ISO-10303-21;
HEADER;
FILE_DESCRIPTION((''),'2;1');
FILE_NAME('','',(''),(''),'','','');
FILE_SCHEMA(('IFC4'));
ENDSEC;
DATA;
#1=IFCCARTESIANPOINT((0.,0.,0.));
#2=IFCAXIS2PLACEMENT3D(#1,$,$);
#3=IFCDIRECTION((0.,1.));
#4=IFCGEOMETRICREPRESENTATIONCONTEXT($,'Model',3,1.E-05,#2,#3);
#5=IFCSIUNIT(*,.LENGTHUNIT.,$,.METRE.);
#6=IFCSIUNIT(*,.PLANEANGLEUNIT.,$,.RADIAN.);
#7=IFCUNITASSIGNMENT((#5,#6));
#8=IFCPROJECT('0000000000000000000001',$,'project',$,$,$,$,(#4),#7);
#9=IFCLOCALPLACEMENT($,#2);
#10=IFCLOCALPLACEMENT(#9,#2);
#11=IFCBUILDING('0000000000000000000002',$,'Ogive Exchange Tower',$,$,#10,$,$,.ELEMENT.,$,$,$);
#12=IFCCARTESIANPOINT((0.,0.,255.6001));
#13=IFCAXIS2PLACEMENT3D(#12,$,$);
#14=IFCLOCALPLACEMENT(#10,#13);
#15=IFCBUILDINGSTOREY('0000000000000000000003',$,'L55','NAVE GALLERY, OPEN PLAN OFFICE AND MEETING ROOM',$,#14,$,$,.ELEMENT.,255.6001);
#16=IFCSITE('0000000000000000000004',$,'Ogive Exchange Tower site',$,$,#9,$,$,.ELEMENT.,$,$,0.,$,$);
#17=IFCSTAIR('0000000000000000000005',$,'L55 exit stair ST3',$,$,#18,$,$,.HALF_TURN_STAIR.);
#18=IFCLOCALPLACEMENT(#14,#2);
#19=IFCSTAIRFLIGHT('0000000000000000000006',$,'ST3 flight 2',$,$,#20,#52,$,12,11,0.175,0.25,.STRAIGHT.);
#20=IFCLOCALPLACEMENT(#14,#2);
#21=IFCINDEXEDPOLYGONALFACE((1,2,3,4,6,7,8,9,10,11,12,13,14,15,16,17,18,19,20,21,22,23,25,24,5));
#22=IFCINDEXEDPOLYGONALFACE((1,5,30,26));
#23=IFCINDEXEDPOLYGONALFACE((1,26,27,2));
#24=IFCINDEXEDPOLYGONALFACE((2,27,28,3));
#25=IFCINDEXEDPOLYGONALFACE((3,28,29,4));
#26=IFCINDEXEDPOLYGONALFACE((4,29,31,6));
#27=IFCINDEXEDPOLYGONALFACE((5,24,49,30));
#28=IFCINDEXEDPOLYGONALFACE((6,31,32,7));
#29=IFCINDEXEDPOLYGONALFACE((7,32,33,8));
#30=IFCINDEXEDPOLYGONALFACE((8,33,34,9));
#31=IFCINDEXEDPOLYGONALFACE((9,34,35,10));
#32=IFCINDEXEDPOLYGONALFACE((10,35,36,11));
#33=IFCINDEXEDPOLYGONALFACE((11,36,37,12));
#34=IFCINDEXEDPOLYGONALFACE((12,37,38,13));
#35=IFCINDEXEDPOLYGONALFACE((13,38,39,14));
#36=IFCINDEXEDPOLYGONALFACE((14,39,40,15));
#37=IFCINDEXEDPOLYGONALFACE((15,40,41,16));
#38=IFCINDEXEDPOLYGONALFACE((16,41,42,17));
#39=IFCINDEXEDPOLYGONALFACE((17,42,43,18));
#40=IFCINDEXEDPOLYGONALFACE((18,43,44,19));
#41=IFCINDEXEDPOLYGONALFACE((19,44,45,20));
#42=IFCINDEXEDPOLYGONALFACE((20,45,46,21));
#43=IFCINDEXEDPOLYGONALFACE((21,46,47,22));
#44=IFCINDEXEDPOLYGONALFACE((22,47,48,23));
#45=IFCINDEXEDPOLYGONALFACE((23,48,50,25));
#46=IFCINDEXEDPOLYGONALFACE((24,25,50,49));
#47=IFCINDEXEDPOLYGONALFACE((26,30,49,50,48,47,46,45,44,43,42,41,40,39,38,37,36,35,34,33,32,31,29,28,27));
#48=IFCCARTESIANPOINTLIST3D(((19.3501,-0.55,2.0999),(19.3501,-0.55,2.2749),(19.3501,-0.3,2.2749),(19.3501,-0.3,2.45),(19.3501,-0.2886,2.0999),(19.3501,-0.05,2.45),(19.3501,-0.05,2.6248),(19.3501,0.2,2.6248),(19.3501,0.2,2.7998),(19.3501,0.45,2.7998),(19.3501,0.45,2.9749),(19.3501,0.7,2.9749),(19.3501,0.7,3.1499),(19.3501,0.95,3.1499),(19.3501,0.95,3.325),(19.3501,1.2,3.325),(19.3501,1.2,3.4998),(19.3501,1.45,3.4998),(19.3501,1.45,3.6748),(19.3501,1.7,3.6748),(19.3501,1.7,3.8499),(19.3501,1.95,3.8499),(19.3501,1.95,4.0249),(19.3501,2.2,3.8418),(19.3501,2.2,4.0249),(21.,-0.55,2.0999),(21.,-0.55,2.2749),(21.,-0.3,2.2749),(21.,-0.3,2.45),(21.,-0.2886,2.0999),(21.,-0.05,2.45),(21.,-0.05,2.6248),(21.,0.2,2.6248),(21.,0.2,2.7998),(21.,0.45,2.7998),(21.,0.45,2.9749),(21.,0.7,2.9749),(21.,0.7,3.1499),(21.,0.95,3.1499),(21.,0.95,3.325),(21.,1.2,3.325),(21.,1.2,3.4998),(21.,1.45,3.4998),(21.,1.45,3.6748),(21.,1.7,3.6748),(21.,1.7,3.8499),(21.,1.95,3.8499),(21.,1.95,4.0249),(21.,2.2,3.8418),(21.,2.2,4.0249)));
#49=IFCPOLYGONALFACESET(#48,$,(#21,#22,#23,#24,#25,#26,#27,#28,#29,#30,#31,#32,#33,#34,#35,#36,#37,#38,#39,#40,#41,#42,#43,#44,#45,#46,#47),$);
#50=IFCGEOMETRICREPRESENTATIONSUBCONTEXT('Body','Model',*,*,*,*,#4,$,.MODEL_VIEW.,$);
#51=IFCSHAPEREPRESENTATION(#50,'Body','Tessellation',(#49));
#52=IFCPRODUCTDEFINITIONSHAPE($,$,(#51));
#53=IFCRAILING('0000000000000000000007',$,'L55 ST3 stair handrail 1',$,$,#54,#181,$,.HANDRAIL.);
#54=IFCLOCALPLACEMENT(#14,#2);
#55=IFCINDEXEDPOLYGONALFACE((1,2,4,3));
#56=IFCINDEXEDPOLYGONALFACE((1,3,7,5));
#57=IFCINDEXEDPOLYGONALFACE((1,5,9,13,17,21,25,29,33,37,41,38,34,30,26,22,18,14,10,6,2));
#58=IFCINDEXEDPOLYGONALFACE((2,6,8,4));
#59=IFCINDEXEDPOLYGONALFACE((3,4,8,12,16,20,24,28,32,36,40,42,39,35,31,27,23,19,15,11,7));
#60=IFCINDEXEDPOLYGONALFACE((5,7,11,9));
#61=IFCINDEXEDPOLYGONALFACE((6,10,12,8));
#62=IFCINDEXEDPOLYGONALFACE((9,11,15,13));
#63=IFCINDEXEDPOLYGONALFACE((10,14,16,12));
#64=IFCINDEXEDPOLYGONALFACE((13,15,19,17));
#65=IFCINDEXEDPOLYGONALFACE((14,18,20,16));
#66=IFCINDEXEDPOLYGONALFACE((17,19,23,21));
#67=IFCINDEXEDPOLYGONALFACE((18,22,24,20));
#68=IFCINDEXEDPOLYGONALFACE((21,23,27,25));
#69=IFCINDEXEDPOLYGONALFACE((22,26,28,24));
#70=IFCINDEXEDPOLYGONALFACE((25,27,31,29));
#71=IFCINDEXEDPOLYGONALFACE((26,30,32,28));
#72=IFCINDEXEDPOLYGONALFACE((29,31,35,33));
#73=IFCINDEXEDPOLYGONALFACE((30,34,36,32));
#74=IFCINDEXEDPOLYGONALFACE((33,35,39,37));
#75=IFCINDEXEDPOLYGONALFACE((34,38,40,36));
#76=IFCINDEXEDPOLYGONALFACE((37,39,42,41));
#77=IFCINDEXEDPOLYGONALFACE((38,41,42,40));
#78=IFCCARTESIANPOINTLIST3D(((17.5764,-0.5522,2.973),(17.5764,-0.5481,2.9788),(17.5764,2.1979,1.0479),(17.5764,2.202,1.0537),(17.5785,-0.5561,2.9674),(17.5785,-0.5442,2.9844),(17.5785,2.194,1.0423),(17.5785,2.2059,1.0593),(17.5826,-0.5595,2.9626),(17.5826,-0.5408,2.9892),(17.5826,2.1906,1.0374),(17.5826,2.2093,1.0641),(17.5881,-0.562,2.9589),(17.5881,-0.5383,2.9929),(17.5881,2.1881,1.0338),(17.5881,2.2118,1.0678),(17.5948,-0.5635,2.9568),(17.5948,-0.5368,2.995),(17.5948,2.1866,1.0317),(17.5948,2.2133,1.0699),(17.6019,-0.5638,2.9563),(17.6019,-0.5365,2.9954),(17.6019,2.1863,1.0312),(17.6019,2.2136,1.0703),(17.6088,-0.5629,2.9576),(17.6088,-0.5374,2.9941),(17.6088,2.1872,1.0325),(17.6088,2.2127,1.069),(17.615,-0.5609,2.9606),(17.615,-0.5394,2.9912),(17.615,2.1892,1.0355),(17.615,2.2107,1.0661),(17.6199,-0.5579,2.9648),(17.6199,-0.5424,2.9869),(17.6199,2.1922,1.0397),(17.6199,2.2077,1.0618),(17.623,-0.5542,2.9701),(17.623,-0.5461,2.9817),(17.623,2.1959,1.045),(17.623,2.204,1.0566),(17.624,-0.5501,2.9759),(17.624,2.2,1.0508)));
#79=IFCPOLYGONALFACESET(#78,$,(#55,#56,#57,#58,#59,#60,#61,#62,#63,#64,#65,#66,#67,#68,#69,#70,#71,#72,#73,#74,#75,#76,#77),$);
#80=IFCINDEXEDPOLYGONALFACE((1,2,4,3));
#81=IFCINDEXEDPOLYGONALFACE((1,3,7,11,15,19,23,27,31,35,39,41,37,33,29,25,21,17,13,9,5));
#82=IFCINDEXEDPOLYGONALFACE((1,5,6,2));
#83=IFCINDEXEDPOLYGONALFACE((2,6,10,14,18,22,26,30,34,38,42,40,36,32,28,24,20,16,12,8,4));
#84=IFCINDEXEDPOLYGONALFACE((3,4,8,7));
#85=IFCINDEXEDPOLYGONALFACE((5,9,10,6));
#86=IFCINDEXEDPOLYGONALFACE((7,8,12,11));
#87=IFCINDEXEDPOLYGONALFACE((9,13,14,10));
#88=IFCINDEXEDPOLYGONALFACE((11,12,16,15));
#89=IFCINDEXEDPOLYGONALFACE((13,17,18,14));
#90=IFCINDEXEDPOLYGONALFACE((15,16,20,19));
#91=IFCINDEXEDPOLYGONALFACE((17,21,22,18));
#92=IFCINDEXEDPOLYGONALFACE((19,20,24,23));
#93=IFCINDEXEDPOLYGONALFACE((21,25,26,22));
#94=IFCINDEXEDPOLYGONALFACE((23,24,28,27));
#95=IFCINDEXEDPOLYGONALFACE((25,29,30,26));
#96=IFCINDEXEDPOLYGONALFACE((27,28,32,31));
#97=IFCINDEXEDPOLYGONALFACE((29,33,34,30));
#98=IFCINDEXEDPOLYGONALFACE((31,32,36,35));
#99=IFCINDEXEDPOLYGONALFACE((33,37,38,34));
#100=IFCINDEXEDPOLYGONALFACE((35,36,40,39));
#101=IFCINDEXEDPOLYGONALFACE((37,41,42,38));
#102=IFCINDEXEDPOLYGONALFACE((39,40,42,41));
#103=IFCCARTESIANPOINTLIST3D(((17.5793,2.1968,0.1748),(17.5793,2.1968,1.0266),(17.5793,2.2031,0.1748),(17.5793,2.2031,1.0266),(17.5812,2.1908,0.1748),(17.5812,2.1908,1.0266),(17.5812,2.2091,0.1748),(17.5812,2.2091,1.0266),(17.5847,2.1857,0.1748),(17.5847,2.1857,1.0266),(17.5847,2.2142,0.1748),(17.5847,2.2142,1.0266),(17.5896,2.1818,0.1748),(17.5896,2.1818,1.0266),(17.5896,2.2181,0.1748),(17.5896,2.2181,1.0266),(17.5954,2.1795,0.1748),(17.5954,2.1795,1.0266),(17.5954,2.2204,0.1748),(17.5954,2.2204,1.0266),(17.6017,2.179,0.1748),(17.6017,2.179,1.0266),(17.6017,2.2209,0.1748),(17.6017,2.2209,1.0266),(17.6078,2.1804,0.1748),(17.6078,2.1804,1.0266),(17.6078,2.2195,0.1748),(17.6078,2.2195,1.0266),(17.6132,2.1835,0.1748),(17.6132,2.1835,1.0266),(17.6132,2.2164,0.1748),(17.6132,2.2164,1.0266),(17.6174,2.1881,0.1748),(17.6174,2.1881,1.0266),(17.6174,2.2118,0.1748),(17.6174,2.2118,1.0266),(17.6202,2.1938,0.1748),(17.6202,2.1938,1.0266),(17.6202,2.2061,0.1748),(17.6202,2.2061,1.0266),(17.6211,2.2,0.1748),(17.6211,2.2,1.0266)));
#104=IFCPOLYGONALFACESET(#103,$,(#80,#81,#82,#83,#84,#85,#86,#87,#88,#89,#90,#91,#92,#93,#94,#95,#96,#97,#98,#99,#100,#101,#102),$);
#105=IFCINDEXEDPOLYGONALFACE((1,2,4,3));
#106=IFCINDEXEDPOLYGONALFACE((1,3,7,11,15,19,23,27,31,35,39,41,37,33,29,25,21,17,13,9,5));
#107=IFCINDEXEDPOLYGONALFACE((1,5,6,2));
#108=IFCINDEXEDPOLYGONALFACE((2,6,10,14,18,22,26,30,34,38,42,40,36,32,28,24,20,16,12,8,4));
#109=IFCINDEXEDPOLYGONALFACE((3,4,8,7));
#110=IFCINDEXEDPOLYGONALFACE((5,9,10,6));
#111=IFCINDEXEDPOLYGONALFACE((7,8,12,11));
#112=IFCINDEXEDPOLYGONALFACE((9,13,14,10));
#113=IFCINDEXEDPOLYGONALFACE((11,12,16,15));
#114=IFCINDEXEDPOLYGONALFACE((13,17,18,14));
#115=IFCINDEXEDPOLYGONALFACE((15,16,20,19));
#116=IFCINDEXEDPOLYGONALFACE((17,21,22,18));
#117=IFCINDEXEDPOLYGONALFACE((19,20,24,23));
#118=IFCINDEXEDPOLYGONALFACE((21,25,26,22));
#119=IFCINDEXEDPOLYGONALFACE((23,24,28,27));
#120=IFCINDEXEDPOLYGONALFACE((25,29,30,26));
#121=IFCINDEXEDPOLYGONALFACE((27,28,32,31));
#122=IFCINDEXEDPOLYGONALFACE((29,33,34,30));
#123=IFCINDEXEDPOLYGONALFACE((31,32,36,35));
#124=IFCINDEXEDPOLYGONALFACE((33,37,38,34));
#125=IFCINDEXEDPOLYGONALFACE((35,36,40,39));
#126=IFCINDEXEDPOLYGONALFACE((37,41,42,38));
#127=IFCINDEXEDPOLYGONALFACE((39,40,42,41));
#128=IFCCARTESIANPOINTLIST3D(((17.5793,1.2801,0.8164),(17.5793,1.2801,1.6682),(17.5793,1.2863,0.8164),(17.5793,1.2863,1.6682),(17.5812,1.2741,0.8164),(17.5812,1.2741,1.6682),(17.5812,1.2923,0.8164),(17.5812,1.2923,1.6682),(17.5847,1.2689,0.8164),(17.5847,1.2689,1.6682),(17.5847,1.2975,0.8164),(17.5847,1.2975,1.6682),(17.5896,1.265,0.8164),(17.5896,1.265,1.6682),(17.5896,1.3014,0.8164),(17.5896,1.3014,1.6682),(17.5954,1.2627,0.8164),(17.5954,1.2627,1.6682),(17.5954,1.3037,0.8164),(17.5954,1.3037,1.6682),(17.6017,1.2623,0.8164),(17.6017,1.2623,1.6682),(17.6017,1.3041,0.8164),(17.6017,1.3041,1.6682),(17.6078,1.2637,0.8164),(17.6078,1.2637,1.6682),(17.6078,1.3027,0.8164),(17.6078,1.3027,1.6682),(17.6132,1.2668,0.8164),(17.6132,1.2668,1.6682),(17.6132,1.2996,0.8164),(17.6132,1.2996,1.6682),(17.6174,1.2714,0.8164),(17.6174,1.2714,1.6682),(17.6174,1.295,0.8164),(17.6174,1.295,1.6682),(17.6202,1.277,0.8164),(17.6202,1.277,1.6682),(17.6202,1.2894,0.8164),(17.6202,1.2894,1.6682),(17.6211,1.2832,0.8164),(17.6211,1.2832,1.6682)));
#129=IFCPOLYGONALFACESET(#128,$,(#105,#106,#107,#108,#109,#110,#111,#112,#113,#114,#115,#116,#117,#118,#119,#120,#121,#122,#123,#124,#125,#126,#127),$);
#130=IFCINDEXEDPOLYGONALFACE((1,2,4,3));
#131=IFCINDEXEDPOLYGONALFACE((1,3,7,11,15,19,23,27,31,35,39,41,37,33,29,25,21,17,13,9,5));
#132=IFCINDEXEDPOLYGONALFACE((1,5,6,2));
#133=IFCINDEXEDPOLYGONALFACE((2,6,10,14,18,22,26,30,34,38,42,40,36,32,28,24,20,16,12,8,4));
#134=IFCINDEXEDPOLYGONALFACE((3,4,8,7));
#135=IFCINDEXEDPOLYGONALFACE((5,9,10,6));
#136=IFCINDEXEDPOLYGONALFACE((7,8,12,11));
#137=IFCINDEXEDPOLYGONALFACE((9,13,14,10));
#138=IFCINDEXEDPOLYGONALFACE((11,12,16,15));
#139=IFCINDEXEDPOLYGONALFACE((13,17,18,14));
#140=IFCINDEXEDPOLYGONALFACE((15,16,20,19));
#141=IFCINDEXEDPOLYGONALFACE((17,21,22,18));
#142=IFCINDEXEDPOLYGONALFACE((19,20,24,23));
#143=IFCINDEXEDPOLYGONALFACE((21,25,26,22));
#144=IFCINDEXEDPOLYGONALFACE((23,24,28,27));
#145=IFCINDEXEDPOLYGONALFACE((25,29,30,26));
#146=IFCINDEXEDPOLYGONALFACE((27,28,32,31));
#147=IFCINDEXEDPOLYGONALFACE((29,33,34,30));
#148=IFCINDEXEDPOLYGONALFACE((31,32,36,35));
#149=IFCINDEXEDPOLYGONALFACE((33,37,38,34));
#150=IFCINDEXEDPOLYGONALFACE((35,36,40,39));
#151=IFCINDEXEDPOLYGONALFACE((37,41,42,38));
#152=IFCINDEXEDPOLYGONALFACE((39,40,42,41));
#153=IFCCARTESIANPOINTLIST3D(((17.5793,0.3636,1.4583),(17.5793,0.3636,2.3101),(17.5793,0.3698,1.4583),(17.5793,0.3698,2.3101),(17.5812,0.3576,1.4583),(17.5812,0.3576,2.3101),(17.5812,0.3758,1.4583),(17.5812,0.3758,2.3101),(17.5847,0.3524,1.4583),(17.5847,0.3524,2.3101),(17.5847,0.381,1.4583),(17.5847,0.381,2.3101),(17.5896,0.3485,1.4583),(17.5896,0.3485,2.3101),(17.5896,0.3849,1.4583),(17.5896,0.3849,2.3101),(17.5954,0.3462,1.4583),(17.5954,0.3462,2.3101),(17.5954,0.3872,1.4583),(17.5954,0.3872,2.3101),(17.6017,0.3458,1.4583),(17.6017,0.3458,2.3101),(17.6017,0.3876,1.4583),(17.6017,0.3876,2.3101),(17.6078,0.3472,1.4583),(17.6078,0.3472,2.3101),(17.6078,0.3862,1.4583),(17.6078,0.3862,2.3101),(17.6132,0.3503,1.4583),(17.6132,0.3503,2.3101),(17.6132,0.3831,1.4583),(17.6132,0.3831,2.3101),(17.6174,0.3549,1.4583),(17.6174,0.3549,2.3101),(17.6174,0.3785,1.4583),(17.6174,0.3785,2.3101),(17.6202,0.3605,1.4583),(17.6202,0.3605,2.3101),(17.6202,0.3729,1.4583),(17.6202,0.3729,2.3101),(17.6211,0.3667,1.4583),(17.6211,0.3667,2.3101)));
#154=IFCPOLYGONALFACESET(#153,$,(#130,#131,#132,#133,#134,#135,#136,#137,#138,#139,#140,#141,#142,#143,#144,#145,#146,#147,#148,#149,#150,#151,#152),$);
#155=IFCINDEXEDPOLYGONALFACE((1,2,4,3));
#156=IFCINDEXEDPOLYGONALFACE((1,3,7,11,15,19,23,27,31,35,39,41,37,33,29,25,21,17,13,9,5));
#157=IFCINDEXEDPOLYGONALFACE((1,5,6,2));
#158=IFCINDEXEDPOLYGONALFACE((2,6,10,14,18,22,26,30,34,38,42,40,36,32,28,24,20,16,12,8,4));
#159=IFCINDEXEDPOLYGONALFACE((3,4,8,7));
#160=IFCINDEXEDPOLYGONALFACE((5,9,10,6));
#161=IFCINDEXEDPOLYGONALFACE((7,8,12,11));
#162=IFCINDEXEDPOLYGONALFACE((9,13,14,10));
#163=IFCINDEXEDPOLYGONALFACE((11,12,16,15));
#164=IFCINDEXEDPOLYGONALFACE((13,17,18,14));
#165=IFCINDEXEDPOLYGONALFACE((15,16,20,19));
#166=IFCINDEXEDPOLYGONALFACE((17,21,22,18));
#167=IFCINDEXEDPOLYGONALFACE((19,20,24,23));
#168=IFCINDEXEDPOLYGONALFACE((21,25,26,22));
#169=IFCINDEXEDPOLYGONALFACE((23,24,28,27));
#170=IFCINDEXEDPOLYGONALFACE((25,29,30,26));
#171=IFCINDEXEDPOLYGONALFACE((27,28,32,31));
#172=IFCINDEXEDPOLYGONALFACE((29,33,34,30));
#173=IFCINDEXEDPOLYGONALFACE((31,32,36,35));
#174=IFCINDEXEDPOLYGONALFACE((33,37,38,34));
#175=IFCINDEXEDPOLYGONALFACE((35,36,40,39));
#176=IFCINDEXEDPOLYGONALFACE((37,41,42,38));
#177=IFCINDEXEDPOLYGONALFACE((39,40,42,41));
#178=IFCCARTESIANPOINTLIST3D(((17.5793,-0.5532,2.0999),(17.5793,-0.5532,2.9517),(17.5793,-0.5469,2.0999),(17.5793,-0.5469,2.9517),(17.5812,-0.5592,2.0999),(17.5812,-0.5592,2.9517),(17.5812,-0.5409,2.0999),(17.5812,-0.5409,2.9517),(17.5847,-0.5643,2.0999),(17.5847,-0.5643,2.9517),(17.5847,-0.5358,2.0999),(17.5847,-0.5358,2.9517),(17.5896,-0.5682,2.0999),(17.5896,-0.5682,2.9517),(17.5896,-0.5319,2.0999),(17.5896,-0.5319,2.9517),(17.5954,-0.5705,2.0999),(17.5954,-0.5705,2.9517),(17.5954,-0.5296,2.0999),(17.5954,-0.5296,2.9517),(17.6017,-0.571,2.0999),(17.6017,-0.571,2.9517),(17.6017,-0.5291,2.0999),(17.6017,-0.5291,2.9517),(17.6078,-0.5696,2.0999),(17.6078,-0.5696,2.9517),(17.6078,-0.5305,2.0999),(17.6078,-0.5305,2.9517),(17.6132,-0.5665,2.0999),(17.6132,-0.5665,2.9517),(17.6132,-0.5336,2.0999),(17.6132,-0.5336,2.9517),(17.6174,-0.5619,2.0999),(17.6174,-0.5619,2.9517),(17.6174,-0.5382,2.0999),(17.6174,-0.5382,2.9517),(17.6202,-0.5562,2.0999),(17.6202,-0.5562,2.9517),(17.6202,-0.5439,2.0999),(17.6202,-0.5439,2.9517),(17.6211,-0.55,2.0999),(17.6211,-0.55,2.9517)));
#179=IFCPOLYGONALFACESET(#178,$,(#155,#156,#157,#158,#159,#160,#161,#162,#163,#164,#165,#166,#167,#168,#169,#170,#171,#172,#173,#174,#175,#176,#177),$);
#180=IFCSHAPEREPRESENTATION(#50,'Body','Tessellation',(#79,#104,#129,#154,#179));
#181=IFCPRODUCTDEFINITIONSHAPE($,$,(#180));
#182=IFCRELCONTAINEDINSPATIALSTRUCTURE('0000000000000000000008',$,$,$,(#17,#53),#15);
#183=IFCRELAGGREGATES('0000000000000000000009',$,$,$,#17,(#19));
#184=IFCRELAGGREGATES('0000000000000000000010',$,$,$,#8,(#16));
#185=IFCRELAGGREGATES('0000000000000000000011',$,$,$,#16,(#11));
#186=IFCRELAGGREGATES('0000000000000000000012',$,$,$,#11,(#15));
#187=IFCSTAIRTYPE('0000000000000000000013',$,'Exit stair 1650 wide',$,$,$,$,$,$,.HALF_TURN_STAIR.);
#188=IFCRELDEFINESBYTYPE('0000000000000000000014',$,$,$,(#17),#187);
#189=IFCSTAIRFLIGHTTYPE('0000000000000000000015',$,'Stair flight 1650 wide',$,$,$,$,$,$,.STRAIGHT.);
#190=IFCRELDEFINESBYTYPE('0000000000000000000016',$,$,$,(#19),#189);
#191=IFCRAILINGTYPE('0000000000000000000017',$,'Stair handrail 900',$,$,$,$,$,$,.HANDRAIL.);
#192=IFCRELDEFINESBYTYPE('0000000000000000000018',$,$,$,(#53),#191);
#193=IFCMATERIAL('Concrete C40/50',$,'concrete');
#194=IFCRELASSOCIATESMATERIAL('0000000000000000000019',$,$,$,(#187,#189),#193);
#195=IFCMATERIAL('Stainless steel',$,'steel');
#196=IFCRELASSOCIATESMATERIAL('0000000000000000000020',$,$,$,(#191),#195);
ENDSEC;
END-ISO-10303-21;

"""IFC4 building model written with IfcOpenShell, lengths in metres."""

from ifc_helpers import new_model, si_unit, direction, frame, origin, origin_2d, place, context, subcontext, project, spatial, polyline, circle, outline, extrude, material, type_object, element, aggregate, save


model = new_model("IFC4")

# Units and contexts
model_context = context("Model", 3, precision=1e-05, world=origin(), true_north=direction((0.0, 1.0)))
body_context = subcontext(model_context, "Body", "Model", "MODEL_VIEW")
ifc_project = project(units=[si_unit("LENGTHUNIT", "METRE"), si_unit("PLANEANGLEUNIT", "RADIAN")], contexts=[model_context])

# Site, building, storey
site_placement = place(None, origin())
site = spatial("IfcSite", under=ifc_project, at=site_placement, Name="Ogive Exchange Tower site", CompositionType="ELEMENT", RefElevation=0.0)
building_placement = place(site_placement, origin())
building = spatial("IfcBuilding", under=site, at=building_placement, Name="Ogive Exchange Tower", CompositionType="ELEMENT")
storey_placement = place(building_placement, frame((0.0, 0.0, 255.6001)))
storey = spatial("IfcBuildingStorey", under=building, at=storey_placement, Name="L55", Description="NAVE GALLERY, OPEN PLAN OFFICE AND MEETING ROOM", CompositionType="ELEMENT", Elevation=255.6001)

# Shared definitions
ifc_material_1 = material(Name="Stainless steel", Category="steel")

# Stair, stair flight
ifc_material_2 = material(Name="Concrete C40/50", Category="concrete")
stair_type = type_object("IfcStairType", Name="Exit stair 1650 wide", PredefinedType="HALF_TURN_STAIR", material=ifc_material_2)
stair_placement = place(storey_placement, origin())
stair = element("IfcStair", 1, at=stair_placement, inside=storey, type_object=stair_type, Name="L55 exit stair ST3", PredefinedType="HALF_TURN_STAIR")
stair_flight_type = type_object("IfcStairFlightType", Name="Stair flight 1650 wide", PredefinedType="STRAIGHT", material=ifc_material_2)
stair_flight_1_placement = place(storey_placement, frame((20.175, -0.55, 2.0999), z_axis=(0.0, 0.0, 1.0), x_axis=(0.0, 1.0, 0.0)))
stair_flight_1 = element("IfcStairFlight", 2, at=stair_flight_1_placement, type_object=stair_flight_type, Name="ST3 flight 2", NumberOfRisers=12, NumberOfTreads=11, PredefinedType="STRAIGHT", RiserHeight=0.175, TreadLength=0.25, context=body_context, shape_type="SweptSolid", body=[
    extrude(outline(polyline([(0.0, 0.0), (0.0, 0.175), (0.25, 0.175), (0.25, 0.3501), (0.5, 0.3501), (0.5, 0.5249), (0.75, 0.5249), (0.75, 0.7), (1.0, 0.7), (1.0, 0.875), (1.25, 0.875), (1.25, 1.05), (1.5, 1.05), (1.5, 1.2251), (1.75, 1.2251), (1.75, 1.3999), (2.0, 1.3999), (2.0, 1.575), (2.25, 1.575), (2.25, 1.75), (2.5, 1.75), (2.5, 1.925), (2.75, 1.925), (2.75, 2.1001), (2.75, 1.7419), (0.2615, 0.0), (0.0, 0.0)])), frame((0.0, 0.825, 0.0), z_axis=(0.0, -1.0, 0.0), x_axis=(1.0, 0.0, 0.0)), (0.0, 0.0, 1.0), 1.6499),
])
aggregate(stair, [stair_flight_1])

# Railing
railing_type = type_object("IfcRailingType", Name="Stair handrail 900", PredefinedType="HANDRAIL", material=ifc_material_1)
railing_1_placement = place(storey_placement, frame((17.6001, 2.2, 0.1748)))
element("IfcRailing", 3, at=railing_1_placement, inside=storey, type_object=railing_type, Name="L55 ST3 stair handrail 1", PredefinedType="HANDRAIL", context=body_context, shape_type="SweptSolid", body=[
    extrude(circle(Radius=0.0239, at=origin_2d()), frame((0.0, 0.0, 0.876), z_axis=(0.0, -0.819225, 0.573472), x_axis=(1.0, 0.0, 0.0)), (0.0, 0.0, 1.0), 3.3569),
    extrude(circle(Radius=0.021, at=origin_2d()), origin(), (0.0, 0.0, 1.0), 0.8518),
    extrude(circle(Radius=0.021, at=origin_2d()), frame((0.0, -0.9167, 0.6416)), (0.0, 0.0, 1.0), 0.8518),
    extrude(circle(Radius=0.021, at=origin_2d()), frame((0.0, -1.8333, 1.2834)), (0.0, 0.0, 1.0), 0.8518),
    extrude(circle(Radius=0.021, at=origin_2d()), frame((0.0, -2.75, 1.925)), (0.0, 0.0, 1.0), 0.8518),
])

save(model, "model.ifc")
